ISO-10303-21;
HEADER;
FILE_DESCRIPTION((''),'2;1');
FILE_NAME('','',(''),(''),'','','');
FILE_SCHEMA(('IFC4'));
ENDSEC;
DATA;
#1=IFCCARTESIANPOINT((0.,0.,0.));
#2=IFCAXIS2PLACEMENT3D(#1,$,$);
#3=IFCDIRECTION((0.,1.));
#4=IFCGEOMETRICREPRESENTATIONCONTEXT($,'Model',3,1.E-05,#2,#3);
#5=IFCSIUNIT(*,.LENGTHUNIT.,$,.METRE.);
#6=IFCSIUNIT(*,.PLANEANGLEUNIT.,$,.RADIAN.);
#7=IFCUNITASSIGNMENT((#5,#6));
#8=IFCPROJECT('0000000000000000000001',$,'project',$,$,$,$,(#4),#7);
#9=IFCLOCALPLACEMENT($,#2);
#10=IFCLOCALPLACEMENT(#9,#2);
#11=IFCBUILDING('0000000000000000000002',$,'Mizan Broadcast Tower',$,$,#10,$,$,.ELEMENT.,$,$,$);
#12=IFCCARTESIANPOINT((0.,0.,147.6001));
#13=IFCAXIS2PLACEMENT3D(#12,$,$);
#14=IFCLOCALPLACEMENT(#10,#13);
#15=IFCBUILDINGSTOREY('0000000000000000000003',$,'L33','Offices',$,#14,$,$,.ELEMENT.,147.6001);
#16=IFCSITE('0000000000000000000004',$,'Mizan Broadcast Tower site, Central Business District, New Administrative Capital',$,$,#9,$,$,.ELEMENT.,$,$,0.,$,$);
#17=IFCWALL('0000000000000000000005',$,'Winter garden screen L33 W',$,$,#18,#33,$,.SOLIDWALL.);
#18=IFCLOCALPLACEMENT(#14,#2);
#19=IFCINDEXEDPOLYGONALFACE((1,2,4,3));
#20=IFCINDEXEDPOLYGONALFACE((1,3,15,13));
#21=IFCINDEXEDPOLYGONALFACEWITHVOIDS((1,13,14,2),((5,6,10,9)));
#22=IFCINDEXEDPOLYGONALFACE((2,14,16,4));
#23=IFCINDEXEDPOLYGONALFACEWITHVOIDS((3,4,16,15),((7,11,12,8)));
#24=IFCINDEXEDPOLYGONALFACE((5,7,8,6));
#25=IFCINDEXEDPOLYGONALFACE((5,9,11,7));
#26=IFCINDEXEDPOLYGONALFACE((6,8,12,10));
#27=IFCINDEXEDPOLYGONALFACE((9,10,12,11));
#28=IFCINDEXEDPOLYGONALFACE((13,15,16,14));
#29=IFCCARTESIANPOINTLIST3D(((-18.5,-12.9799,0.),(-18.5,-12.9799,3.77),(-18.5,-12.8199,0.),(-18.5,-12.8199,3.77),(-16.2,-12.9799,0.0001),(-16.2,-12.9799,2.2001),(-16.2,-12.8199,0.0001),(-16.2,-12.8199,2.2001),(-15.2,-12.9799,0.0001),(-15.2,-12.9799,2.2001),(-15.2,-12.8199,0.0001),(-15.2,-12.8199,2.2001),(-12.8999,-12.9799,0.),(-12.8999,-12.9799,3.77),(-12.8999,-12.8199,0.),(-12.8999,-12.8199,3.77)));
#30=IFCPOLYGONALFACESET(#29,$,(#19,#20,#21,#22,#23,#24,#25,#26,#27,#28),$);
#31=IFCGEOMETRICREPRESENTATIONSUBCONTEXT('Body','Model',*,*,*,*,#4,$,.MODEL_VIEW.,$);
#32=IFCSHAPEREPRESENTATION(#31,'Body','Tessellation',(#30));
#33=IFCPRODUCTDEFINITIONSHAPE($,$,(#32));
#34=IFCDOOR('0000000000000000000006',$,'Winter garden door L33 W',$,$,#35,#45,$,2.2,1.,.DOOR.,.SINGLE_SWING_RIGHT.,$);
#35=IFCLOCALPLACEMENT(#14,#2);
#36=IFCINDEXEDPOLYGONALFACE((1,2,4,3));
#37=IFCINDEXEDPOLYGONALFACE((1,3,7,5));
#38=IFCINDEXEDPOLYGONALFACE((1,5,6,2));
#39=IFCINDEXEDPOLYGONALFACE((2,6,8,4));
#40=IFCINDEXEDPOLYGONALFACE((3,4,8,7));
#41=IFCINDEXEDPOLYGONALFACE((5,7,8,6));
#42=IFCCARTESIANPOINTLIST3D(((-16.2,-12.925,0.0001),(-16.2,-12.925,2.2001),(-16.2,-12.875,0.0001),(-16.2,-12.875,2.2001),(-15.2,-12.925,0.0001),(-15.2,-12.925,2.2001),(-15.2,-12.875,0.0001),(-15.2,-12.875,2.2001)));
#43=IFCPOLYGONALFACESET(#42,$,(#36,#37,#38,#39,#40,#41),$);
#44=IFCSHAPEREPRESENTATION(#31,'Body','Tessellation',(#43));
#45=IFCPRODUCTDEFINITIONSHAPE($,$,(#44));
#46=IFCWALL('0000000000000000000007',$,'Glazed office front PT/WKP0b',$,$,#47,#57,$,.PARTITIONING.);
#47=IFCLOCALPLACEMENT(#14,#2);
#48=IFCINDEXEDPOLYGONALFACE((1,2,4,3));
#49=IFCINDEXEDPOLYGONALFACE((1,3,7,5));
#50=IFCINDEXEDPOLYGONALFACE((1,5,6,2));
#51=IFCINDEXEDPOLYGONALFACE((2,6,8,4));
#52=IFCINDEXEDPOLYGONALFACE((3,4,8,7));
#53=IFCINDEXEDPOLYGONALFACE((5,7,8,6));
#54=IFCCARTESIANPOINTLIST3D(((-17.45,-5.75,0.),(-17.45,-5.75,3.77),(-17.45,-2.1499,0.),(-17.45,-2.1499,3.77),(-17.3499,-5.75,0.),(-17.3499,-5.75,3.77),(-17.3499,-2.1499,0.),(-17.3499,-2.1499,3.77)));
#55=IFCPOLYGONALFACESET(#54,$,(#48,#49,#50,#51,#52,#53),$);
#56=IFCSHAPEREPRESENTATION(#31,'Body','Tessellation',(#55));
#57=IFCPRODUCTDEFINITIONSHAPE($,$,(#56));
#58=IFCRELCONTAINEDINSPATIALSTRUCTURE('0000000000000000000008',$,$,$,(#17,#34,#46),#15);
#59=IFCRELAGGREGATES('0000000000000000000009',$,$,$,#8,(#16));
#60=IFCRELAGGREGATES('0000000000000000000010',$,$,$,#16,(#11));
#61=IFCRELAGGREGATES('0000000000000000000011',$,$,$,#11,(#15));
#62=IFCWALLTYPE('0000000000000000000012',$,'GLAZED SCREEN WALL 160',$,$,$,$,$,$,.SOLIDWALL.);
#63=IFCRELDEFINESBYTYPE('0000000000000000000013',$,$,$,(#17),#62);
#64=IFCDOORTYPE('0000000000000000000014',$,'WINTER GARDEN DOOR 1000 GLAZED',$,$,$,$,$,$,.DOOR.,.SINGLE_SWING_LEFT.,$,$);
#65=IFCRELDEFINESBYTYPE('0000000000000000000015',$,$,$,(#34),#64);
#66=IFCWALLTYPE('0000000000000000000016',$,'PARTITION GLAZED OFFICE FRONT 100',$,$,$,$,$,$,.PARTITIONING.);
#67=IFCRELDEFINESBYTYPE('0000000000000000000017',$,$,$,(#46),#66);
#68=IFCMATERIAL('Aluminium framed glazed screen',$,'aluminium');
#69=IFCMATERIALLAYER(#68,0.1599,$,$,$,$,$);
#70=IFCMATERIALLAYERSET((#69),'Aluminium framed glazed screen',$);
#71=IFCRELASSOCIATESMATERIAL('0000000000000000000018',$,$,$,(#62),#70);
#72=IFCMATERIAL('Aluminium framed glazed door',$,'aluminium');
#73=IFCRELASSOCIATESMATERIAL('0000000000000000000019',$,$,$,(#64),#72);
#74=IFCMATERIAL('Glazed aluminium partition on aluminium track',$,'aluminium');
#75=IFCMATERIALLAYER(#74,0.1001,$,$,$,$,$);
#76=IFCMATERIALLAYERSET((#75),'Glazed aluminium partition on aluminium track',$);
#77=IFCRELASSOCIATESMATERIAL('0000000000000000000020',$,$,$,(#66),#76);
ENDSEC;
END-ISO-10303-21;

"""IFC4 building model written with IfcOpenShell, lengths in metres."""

from ifc_helpers import new_model, si_unit, direction, frame, frame_2d, origin, place, context, subcontext, project, spatial, rectangle, extrude, material, layer, layer_set, type_object, element, fill, save


model = new_model("IFC4")

# Units and contexts
model_context = context("Model", 3, precision=1e-05, world=origin(), true_north=direction((0.0, 1.0)))
body_context = subcontext(model_context, "Body", "Model", "MODEL_VIEW")
ifc_project = project(units=[si_unit("LENGTHUNIT", "METRE"), si_unit("PLANEANGLEUNIT", "RADIAN")], contexts=[model_context])

# Site, building, storey
site_placement = place(None, origin())
site = spatial("IfcSite", under=ifc_project, at=site_placement, Name="Mizan Broadcast Tower site, Central Business District, New Administrative Capital", CompositionType="ELEMENT", RefElevation=0.0)
building_placement = place(site_placement, origin())
building = spatial("IfcBuilding", under=site, at=building_placement, Name="Mizan Broadcast Tower", CompositionType="ELEMENT")
storey_placement = place(building_placement, frame((0.0, 0.0, 147.6001)))
storey = spatial("IfcBuildingStorey", under=building, at=storey_placement, Name="L33", Description="Offices", CompositionType="ELEMENT", Elevation=147.6001)

# Wall, opening, door
ifc_material_1 = material(Name="Aluminium framed glazed screen", Category="aluminium")
ifc_layer_1 = layer(ifc_material_1, 0.1599)
ifc_layer_set_1 = layer_set([ifc_layer_1], Name="Aluminium framed glazed screen")
wall_type_1 = type_object("IfcWallType", Name="GLAZED SCREEN WALL 160", PredefinedType="SOLIDWALL", material=ifc_layer_set_1)
wall_1_placement = place(storey_placement, frame((-18.5, -12.8999, 0.0), z_axis=(0.0, 0.0, 1.0), x_axis=(1.0, 0.0, 0.0)))
wall_1 = element("IfcWall", 1, at=wall_1_placement, inside=storey, type_object=wall_type_1, Name="Winter garden screen L33 W", PredefinedType="SOLIDWALL", context=body_context, shape_type="SweptSolid", body=[
    extrude(rectangle(XDim=5.6001, YDim=0.1599, at=frame_2d((2.8, 0.0))), origin(), (0.0, 0.0, 1.0), 3.77),
])
opening_placement = place(wall_1_placement, frame((2.3, 0.0, 0.0)))
opening = element("IfcOpeningElement", 2, at=opening_placement, cuts=wall_1, PredefinedType="OPENING", context=body_context, shape_type="SweptSolid", body=[
    extrude(rectangle(XDim=1.0, YDim=2.2, at=frame_2d((0.5, 1.1001))), frame((0.0, 0.0898, 0.0), z_axis=(0.0, -1.0, 0.0), x_axis=(1.0, 0.0, 0.0)), (0.0, 0.0, 1.0), 0.1799),
])
ifc_material_2 = material(Name="Aluminium framed glazed door", Category="aluminium")
door_type = type_object("IfcDoorType", Name="WINTER GARDEN DOOR 1000 GLAZED", OperationType="SINGLE_SWING_LEFT", PredefinedType="DOOR", material=ifc_material_2)
door_placement = place(opening_placement, origin())
door = element("IfcDoor", 3, at=door_placement, inside=storey, type_object=door_type, Name="Winter garden door L33 W", OperationType="SINGLE_SWING_RIGHT", OverallHeight=2.2, OverallWidth=1.0, PredefinedType="DOOR", context=body_context, shape_type="SweptSolid", body=[
    extrude(rectangle(XDim=1.0, YDim=2.2, at=frame_2d((0.5, 1.1001))), frame((0.0, 0.0249, 0.0), z_axis=(0.0, -1.0, 0.0), x_axis=(1.0, 0.0, 0.0)), (0.0, 0.0, 1.0), 0.05),
])
fill(opening, door)

# Wall
ifc_material_3 = material(Name="Glazed aluminium partition on aluminium track", Category="aluminium")
ifc_layer_2 = layer(ifc_material_3, 0.1001)
ifc_layer_set_2 = layer_set([ifc_layer_2], Name="Glazed aluminium partition on aluminium track")
wall_type_2 = type_object("IfcWallType", Name="PARTITION GLAZED OFFICE FRONT 100", PredefinedType="PARTITIONING", material=ifc_layer_set_2)
wall_2_placement = place(storey_placement, frame((-17.3999, -2.1499, 0.0), z_axis=(0.0, 0.0, 1.0), x_axis=(0.0, -1.0, 0.0)))
element("IfcWall", 4, at=wall_2_placement, inside=storey, type_object=wall_type_2, Name="Glazed office front PT/WKP0b", PredefinedType="PARTITIONING", context=body_context, shape_type="SweptSolid", body=[
    extrude(rectangle(XDim=3.6001, YDim=0.1001, at=frame_2d((1.8, 0.0))), origin(), (0.0, 0.0, 1.0), 3.77),
])

save(model, "model.ifc")
